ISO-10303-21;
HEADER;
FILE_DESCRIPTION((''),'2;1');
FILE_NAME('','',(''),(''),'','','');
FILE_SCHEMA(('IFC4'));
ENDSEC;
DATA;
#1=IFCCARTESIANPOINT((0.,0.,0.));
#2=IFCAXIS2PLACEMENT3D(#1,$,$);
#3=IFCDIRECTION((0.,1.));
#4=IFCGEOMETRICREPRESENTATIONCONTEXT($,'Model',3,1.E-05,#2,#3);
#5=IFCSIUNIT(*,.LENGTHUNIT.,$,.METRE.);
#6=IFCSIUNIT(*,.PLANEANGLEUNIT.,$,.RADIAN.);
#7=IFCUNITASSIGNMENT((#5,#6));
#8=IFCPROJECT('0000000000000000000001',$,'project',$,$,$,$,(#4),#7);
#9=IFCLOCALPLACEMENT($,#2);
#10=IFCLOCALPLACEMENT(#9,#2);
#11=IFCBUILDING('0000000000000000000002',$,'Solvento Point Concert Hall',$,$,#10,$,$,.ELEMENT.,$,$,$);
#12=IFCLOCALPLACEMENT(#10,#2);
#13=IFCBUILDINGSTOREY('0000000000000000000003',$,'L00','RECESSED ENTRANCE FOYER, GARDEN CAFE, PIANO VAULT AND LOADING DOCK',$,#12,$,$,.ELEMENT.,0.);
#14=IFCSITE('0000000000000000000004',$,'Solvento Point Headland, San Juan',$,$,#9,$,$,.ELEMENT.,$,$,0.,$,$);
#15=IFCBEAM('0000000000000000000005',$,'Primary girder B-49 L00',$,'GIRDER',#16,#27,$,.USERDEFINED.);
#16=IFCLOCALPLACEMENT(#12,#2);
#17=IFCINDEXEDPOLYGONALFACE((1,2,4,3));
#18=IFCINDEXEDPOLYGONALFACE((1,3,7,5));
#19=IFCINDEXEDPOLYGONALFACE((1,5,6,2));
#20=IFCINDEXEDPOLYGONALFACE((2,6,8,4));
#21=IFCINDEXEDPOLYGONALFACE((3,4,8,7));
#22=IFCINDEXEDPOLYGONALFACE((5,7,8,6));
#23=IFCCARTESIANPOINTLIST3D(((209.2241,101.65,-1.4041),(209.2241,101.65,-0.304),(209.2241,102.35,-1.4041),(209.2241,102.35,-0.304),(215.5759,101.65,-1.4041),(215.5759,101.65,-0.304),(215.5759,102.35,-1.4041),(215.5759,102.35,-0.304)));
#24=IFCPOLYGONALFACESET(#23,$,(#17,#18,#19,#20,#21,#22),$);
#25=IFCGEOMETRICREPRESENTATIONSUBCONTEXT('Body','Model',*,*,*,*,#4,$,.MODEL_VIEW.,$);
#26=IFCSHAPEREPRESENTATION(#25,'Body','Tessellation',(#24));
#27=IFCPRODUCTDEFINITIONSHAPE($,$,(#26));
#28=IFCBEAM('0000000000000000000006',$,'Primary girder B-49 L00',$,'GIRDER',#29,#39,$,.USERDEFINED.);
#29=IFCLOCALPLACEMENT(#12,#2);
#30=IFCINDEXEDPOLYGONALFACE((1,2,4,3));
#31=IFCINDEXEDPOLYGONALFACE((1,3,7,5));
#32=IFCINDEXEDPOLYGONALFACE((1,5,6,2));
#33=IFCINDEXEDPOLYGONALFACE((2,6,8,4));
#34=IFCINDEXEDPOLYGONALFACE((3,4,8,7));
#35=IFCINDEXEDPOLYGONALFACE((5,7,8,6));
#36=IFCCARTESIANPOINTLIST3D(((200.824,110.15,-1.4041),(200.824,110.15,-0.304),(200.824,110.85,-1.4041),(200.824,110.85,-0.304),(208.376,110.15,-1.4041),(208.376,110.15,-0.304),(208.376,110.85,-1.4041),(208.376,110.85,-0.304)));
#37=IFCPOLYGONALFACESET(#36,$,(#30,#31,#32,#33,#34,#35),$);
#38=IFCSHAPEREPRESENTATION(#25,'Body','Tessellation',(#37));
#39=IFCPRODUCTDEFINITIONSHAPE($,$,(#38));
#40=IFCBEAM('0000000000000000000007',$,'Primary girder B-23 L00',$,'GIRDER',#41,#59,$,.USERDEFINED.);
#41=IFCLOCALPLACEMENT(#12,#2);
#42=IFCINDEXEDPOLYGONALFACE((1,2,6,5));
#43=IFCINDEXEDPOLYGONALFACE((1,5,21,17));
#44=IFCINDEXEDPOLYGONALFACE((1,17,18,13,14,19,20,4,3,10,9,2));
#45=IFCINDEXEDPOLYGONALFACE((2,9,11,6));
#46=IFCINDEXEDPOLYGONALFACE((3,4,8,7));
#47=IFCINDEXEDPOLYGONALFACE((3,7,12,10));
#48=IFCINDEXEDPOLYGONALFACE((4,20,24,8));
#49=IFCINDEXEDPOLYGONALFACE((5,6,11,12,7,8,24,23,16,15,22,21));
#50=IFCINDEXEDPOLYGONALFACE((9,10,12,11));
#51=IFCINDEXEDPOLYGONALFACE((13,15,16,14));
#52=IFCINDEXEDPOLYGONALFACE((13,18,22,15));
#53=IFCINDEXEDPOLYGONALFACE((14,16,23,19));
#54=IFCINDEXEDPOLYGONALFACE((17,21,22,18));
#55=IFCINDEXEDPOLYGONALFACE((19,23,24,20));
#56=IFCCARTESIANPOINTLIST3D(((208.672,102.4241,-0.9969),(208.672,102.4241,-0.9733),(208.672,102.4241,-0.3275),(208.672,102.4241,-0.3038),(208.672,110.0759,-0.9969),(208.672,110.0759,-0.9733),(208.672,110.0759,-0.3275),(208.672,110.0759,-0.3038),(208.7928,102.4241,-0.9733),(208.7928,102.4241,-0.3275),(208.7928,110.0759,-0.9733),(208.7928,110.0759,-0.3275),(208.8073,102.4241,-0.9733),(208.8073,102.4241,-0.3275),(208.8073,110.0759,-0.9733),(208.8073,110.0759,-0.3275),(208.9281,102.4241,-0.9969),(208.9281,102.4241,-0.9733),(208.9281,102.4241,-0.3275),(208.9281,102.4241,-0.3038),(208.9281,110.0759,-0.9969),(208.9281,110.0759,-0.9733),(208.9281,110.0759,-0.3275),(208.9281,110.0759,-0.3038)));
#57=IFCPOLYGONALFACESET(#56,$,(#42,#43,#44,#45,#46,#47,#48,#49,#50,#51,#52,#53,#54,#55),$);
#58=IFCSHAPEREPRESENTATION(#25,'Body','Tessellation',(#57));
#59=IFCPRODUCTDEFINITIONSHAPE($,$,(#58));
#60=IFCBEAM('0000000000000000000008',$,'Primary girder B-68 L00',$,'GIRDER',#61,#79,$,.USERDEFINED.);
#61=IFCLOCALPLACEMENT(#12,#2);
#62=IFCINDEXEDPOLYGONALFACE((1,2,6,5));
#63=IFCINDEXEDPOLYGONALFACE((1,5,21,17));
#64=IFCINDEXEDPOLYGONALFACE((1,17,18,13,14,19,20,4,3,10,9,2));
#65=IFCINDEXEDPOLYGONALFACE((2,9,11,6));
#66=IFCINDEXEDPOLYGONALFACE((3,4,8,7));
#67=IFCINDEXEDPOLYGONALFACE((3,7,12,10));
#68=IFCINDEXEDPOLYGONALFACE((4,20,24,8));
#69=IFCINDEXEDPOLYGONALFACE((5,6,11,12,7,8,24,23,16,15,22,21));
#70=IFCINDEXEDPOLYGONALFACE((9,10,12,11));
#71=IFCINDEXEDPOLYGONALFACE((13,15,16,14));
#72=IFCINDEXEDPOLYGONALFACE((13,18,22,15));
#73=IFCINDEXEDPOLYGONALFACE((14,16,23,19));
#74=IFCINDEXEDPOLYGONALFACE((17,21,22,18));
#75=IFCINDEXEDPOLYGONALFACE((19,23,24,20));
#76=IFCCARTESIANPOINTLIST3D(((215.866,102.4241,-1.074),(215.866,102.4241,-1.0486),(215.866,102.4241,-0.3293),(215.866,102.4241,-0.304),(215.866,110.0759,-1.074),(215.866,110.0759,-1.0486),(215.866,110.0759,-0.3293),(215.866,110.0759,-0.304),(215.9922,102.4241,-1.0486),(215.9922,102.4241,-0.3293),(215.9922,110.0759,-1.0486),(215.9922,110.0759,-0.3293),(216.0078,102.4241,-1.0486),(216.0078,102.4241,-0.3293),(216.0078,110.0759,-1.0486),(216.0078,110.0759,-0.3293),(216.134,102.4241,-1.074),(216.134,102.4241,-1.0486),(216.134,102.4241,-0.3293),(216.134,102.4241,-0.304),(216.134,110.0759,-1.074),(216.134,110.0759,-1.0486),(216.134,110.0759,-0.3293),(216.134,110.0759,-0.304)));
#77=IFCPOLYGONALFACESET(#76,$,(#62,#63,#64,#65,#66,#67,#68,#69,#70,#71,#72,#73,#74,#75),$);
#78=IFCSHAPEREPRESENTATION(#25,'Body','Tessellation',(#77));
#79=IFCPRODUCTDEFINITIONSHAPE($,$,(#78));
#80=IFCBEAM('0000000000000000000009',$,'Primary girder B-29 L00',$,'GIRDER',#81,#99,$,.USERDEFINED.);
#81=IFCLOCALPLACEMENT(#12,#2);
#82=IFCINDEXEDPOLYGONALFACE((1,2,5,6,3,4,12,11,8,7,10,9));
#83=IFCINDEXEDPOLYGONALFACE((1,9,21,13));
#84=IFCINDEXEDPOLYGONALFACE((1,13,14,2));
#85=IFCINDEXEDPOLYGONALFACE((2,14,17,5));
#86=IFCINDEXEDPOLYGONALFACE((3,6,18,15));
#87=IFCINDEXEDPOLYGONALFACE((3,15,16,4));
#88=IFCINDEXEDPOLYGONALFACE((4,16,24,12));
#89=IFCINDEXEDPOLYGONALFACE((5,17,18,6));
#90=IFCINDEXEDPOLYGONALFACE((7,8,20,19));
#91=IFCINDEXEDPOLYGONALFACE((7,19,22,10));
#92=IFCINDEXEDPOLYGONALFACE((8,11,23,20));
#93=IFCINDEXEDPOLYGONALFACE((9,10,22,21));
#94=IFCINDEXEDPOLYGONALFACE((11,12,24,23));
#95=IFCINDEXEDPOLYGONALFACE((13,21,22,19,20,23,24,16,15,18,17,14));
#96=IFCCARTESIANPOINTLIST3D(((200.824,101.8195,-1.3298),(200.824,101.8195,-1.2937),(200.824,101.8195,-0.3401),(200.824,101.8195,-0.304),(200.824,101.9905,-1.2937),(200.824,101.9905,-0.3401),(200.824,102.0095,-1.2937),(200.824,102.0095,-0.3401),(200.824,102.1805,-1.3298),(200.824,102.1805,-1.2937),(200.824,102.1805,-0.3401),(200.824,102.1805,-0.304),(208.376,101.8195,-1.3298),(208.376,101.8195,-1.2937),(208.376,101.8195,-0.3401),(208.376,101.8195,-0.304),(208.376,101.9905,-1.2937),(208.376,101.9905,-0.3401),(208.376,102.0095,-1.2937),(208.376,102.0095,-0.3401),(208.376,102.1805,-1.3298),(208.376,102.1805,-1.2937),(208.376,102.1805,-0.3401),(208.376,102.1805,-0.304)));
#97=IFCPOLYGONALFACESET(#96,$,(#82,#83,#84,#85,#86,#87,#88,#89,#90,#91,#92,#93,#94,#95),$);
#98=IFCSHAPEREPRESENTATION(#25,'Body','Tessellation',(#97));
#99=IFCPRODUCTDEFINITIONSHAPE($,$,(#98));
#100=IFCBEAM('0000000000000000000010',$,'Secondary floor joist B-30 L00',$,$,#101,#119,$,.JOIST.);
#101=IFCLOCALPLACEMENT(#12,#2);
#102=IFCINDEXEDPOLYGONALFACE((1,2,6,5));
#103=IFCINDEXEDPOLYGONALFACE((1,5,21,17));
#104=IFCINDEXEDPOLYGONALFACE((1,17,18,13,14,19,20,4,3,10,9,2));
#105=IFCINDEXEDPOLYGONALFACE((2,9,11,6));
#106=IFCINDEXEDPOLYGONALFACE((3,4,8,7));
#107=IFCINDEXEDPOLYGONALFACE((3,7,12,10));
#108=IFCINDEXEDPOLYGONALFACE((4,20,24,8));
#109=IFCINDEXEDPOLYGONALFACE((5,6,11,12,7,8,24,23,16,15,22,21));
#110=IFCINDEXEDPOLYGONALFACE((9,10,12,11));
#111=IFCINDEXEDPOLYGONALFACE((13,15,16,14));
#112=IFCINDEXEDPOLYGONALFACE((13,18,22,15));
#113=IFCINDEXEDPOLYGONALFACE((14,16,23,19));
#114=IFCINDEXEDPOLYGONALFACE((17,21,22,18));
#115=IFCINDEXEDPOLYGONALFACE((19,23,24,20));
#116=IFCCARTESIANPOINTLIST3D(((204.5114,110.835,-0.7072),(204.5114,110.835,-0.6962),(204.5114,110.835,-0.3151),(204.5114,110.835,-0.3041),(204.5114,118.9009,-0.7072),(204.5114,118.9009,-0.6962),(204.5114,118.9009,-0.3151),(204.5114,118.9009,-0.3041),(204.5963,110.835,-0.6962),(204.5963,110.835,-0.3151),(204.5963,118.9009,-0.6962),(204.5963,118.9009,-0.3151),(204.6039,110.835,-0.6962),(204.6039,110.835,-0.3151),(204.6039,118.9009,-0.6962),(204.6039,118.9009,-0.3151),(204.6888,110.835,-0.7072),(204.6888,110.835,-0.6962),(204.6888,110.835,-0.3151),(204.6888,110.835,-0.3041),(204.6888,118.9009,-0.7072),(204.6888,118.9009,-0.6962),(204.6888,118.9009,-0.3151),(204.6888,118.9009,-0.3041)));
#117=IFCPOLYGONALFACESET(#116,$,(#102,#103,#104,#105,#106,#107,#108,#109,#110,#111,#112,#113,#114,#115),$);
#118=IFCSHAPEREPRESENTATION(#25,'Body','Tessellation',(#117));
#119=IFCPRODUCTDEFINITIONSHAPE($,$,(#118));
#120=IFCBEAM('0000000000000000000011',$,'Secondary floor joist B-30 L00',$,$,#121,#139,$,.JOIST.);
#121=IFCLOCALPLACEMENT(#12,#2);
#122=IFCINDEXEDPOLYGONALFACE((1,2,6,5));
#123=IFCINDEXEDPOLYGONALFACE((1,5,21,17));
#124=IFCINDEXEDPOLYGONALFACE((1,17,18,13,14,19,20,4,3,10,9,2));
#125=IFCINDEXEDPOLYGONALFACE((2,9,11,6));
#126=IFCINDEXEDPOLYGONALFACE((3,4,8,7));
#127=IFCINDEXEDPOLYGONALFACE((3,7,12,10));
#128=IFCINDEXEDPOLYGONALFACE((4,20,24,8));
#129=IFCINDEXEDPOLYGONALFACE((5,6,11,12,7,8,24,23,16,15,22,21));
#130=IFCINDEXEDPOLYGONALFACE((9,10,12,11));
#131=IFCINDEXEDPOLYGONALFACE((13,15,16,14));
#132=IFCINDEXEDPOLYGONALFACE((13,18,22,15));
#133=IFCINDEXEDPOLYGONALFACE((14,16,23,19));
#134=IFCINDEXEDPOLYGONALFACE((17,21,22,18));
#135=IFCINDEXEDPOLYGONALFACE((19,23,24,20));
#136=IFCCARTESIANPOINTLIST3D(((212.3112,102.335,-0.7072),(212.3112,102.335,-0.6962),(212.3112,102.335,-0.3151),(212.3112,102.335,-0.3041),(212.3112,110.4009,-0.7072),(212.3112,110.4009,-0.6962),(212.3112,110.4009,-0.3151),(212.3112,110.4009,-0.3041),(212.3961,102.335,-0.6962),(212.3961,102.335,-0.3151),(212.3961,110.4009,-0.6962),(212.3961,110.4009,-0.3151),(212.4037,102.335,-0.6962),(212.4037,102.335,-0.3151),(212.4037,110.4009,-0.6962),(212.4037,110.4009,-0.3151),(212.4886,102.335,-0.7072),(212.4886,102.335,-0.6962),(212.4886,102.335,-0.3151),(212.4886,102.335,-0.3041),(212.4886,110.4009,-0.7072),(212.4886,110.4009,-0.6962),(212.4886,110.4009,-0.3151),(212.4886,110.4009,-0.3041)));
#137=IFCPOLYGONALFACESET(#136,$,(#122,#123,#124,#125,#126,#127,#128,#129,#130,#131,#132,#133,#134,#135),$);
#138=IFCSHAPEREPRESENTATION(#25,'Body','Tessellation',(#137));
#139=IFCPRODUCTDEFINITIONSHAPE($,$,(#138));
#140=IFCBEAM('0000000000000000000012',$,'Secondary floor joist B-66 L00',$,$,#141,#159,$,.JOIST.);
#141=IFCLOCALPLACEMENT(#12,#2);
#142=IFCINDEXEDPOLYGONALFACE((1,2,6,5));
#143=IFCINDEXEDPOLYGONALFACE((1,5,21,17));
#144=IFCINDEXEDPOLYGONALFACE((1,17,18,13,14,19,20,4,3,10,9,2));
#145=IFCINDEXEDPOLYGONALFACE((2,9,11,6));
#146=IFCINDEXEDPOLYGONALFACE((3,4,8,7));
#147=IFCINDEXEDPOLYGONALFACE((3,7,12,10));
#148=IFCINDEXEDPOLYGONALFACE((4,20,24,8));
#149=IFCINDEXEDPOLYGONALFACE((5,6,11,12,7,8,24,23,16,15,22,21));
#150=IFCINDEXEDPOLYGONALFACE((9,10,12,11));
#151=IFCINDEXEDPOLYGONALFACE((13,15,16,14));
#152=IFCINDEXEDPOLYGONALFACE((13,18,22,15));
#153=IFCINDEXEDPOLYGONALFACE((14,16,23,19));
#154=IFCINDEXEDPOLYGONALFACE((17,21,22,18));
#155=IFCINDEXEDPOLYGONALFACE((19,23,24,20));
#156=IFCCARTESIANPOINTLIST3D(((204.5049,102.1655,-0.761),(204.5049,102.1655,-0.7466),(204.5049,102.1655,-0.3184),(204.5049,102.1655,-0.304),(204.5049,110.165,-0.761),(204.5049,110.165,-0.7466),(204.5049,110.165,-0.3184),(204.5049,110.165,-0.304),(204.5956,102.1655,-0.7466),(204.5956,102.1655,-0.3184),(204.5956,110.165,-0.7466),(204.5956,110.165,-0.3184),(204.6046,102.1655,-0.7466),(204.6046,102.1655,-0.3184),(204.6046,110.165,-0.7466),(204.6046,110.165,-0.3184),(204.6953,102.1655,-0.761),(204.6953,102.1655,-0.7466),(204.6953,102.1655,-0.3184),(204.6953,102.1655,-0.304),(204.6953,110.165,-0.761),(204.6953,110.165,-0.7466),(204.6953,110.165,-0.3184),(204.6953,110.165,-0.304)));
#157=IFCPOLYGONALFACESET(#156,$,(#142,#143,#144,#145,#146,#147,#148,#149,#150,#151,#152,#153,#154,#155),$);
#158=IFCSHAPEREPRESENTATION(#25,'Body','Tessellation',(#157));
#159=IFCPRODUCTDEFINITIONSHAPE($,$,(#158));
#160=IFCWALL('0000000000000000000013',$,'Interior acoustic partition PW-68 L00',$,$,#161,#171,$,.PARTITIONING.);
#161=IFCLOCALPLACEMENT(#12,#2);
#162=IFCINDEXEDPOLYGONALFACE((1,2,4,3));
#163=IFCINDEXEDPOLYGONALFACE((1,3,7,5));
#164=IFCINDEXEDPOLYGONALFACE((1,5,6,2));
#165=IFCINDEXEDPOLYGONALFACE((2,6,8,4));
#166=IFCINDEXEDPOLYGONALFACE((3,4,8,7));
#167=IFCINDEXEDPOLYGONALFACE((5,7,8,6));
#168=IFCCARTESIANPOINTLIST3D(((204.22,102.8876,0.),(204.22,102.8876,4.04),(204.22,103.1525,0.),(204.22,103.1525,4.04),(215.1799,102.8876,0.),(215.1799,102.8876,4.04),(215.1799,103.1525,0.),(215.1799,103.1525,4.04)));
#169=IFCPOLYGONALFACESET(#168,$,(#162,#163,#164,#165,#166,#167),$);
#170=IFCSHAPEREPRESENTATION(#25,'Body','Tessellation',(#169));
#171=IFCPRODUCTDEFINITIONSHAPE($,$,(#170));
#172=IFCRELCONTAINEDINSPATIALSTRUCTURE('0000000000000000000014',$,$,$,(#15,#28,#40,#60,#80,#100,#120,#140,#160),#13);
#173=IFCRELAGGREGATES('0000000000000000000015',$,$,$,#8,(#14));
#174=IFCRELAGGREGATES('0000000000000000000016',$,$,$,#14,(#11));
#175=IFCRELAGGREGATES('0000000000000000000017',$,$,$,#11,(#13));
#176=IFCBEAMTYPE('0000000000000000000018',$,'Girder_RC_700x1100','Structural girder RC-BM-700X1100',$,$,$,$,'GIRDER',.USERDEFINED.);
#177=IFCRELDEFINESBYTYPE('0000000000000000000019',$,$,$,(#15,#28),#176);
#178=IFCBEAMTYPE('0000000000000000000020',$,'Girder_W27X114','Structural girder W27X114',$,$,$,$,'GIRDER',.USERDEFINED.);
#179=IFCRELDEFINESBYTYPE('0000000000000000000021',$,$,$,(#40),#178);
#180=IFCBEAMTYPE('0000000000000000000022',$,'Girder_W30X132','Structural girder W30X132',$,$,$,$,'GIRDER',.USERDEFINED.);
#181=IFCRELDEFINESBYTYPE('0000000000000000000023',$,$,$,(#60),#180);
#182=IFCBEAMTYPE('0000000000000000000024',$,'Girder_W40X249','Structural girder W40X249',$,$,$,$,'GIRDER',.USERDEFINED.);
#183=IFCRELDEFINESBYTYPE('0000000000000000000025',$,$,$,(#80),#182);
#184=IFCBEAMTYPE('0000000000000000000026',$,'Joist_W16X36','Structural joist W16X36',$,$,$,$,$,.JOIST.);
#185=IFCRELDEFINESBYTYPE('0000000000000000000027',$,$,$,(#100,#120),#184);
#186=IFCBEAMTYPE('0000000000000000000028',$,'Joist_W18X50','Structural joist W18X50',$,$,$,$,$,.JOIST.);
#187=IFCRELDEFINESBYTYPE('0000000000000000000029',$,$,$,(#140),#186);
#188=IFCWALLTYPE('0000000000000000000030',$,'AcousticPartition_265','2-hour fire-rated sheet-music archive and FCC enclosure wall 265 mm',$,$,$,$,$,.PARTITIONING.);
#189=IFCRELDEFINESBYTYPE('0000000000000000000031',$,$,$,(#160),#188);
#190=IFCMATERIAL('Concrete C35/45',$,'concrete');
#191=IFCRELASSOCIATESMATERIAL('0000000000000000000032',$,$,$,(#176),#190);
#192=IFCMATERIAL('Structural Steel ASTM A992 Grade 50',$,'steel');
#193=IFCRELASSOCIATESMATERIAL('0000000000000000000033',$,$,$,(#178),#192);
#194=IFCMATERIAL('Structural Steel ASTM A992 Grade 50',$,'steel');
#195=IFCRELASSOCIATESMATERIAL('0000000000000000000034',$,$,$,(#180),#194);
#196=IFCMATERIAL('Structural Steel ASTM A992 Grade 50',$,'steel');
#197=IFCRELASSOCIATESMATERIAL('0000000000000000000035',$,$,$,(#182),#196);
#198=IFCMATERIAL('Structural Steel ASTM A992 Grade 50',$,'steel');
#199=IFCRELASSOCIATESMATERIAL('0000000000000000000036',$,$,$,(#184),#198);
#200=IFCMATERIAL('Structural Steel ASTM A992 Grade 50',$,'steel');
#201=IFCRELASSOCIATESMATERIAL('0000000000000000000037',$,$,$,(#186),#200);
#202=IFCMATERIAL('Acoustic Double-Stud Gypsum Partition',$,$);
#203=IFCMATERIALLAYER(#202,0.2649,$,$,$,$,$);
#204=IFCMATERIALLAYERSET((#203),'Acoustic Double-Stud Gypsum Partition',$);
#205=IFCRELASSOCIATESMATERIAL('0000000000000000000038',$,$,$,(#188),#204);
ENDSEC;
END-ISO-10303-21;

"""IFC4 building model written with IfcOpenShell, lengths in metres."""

from ifc_helpers import new_model, si_unit, direction, frame, frame_2d, origin, origin_2d, place, context, subcontext, project, spatial, rectangle, i_section, extrude, material, layer, layer_set, material_profile, profile_set, type_object, element, save


model = new_model("IFC4")

# Units and contexts
model_context = context("Model", 3, precision=1e-05, world=origin(), true_north=direction((0.0, 1.0)))
body_context = subcontext(model_context, "Body", "Model", "MODEL_VIEW")
ifc_project = project(units=[si_unit("LENGTHUNIT", "METRE"), si_unit("PLANEANGLEUNIT", "RADIAN")], contexts=[model_context])

# Site, building, storey
site_placement = place(None, origin())
site = spatial("IfcSite", under=ifc_project, at=site_placement, Name="Solvento Point Headland, San Juan", CompositionType="ELEMENT", RefElevation=0.0)
building_placement = place(site_placement, origin())
building = spatial("IfcBuilding", under=site, at=building_placement, Name="Solvento Point Concert Hall", CompositionType="ELEMENT")
storey_placement = place(building_placement, origin())
storey = spatial("IfcBuildingStorey", under=building, at=storey_placement, Name="L00", Description="RECESSED ENTRANCE FOYER, GARDEN CAFE, PIANO VAULT AND LOADING DOCK", CompositionType="ELEMENT", Elevation=0.0)

# Beams
ifc_material_1 = material(Name="Concrete C35/45", Category="concrete")
ifc_material_profile_1 = material_profile(ifc_material_1, rectangle(XDim=0.7, YDim=1.1001, at=origin_2d()), Name="RC-BM-700X1100")
ifc_profile_set_1 = profile_set([ifc_material_profile_1], Name="Concrete C35/45")
beam_type_1 = type_object("IfcBeamType", Name="Girder_RC_700x1100", Description="Structural girder RC-BM-700X1100", ElementType="GIRDER", PredefinedType="USERDEFINED", material=ifc_profile_set_1)
beam_1_placement = place(storey_placement, frame((209.2241, 102.0, -0.854), z_axis=(1.0, 0.0, 0.0), x_axis=(0.0, 1.0, 0.0)))
element("IfcBeam", 1, at=beam_1_placement, inside=storey, type_object=beam_type_1, Name="Primary girder B-49 L00", ObjectType="GIRDER", PredefinedType="USERDEFINED", context=body_context, shape_type="SweptSolid", body=[
    extrude(rectangle(XDim=0.7, YDim=1.1001, at=origin_2d()), origin(), (0.0, 0.0, 1.0), 6.3518),
])
beam_2_placement = place(storey_placement, frame((200.824, 110.5, -0.854), z_axis=(1.0, 0.0, 0.0), x_axis=(0.0, 1.0, 0.0)))
element("IfcBeam", 2, at=beam_2_placement, inside=storey, type_object=beam_type_1, Name="Primary girder B-49 L00", ObjectType="GIRDER", PredefinedType="USERDEFINED", context=body_context, shape_type="SweptSolid", body=[
    extrude(rectangle(XDim=0.7, YDim=1.1001, at=origin_2d()), origin(), (0.0, 0.0, 1.0), 7.552),
])
ifc_material_2 = material(Name="Structural Steel ASTM A992 Grade 50", Category="steel")
ifc_material_profile_2 = material_profile(ifc_material_2, i_section(OverallWidth=0.2561, OverallDepth=0.6931, WebThickness=0.0144, FlangeThickness=0.0237, at=origin_2d()), Name="W27X114")
ifc_profile_set_2 = profile_set([ifc_material_profile_2], Name="Structural Steel ASTM A992 Grade 50")
beam_type_2 = type_object("IfcBeamType", Name="Girder_W27X114", Description="Structural girder W27X114", ElementType="GIRDER", PredefinedType="USERDEFINED", material=ifc_profile_set_2)
beam_3_placement = place(storey_placement, frame((208.8, 102.4241, -0.6504), z_axis=(0.0, 1.0, 0.0), x_axis=(-1.0, 0.0, 0.0)))
element("IfcBeam", 3, at=beam_3_placement, inside=storey, type_object=beam_type_2, Name="Primary girder B-23 L00", ObjectType="GIRDER", PredefinedType="USERDEFINED", context=body_context, shape_type="SweptSolid", body=[
    extrude(i_section(OverallWidth=0.2561, OverallDepth=0.6931, WebThickness=0.0144, FlangeThickness=0.0237, at=origin_2d()), origin(), (0.0, 0.0, 1.0), 7.6519),
])
ifc_material_3 = material(Name="Structural Steel ASTM A992 Grade 50", Category="steel")
ifc_material_profile_3 = material_profile(ifc_material_3, i_section(OverallWidth=0.2681, OverallDepth=0.77, WebThickness=0.0156, FlangeThickness=0.0254, at=origin_2d()), Name="W30X132")
ifc_profile_set_3 = profile_set([ifc_material_profile_3], Name="Structural Steel ASTM A992 Grade 50")
beam_type_3 = type_object("IfcBeamType", Name="Girder_W30X132", Description="Structural girder W30X132", ElementType="GIRDER", PredefinedType="USERDEFINED", material=ifc_profile_set_3)
beam_4_placement = place(storey_placement, frame((216.0, 102.4241, -0.689), z_axis=(0.0, 1.0, 0.0), x_axis=(-1.0, 0.0, 0.0)))
element("IfcBeam", 4, at=beam_4_placement, inside=storey, type_object=beam_type_3, Name="Primary girder B-68 L00", ObjectType="GIRDER", PredefinedType="USERDEFINED", context=body_context, shape_type="SweptSolid", body=[
    extrude(i_section(OverallWidth=0.2681, OverallDepth=0.77, WebThickness=0.0156, FlangeThickness=0.0254, at=origin_2d()), origin(), (0.0, 0.0, 1.0), 7.6519),
])
ifc_material_4 = material(Name="Structural Steel ASTM A992 Grade 50", Category="steel")
ifc_material_profile_4 = material_profile(ifc_material_4, i_section(OverallWidth=0.3611, OverallDepth=1.0259, WebThickness=0.019, FlangeThickness=0.0361, at=origin_2d()), Name="W40X249")
ifc_profile_set_4 = profile_set([ifc_material_profile_4], Name="Structural Steel ASTM A992 Grade 50")
beam_type_4 = type_object("IfcBeamType", Name="Girder_W40X249", Description="Structural girder W40X249", ElementType="GIRDER", PredefinedType="USERDEFINED", material=ifc_profile_set_4)
beam_5_placement = place(storey_placement, frame((200.824, 102.0, -0.8169), z_axis=(1.0, 0.0, 0.0), x_axis=(0.0, 1.0, 0.0)))
element("IfcBeam", 5, at=beam_5_placement, inside=storey, type_object=beam_type_4, Name="Primary girder B-29 L00", ObjectType="GIRDER", PredefinedType="USERDEFINED", context=body_context, shape_type="SweptSolid", body=[
    extrude(i_section(OverallWidth=0.3611, OverallDepth=1.0259, WebThickness=0.019, FlangeThickness=0.0361, at=origin_2d()), origin(), (0.0, 0.0, 1.0), 7.552),
])
ifc_material_5 = material(Name="Structural Steel ASTM A992 Grade 50", Category="steel")
ifc_material_profile_5 = material_profile(ifc_material_5, i_section(OverallWidth=0.1775, OverallDepth=0.4031, WebThickness=0.0076, FlangeThickness=0.011, at=origin_2d()), Name="W16X36")
ifc_profile_set_5 = profile_set([ifc_material_profile_5], Name="Structural Steel ASTM A992 Grade 50")
beam_type_5 = type_object("IfcBeamType", Name="Joist_W16X36", Description="Structural joist W16X36", PredefinedType="JOIST", material=ifc_profile_set_5)
for number, where, z_axis, x_axis, name in (
    (6, (204.6001, 110.835, -0.5056), (0.0, 1.0, 0.0), (-1.0, 0.0, 0.0), "Secondary floor joist B-30 L00"),
    (7, (212.3999, 102.335, -0.5056), (0.0, 1.0, 0.0), (-1.0, 0.0, 0.0), "Secondary floor joist B-30 L00"),
):
    element("IfcBeam", number, at=place(storey_placement, frame(where, z_axis=z_axis, x_axis=x_axis)), inside=storey, type_object=beam_type_5, Name=name, PredefinedType="JOIST", context=body_context, shape_type="SweptSolid", body=[
        extrude(i_section(OverallWidth=0.1775, OverallDepth=0.4031, WebThickness=0.0076, FlangeThickness=0.011, at=origin_2d()), origin(), (0.0, 0.0, 1.0), 8.0659),
    ])
ifc_material_6 = material(Name="Structural Steel ASTM A992 Grade 50", Category="steel")
ifc_material_profile_6 = material_profile(ifc_material_6, i_section(OverallWidth=0.1904, OverallDepth=0.457, WebThickness=0.009, FlangeThickness=0.0144, at=origin_2d()), Name="W18X50")
ifc_profile_set_6 = profile_set([ifc_material_profile_6], Name="Structural Steel ASTM A992 Grade 50")
beam_type_6 = type_object("IfcBeamType", Name="Joist_W18X50", Description="Structural joist W18X50", PredefinedType="JOIST", material=ifc_profile_set_6)
beam_6_placement = place(storey_placement, frame((204.6001, 102.1655, -0.5325), z_axis=(0.0, 1.0, 0.0), x_axis=(-1.0, 0.0, 0.0)))
element("IfcBeam", 8, at=beam_6_placement, inside=storey, type_object=beam_type_6, Name="Secondary floor joist B-66 L00", PredefinedType="JOIST", context=body_context, shape_type="SweptSolid", body=[
    extrude(i_section(OverallWidth=0.1904, OverallDepth=0.457, WebThickness=0.009, FlangeThickness=0.0144, at=origin_2d()), origin(), (0.0, 0.0, 1.0), 7.9995),
])

# Wall
ifc_material_7 = material(Name="Acoustic Double-Stud Gypsum Partition")
ifc_layer_1 = layer(ifc_material_7, 0.2649)
ifc_layer_set_1 = layer_set([ifc_layer_1], Name="Acoustic Double-Stud Gypsum Partition")
wall_type_1 = type_object("IfcWallType", Name="AcousticPartition_265", Description="2-hour fire-rated sheet-music archive and FCC enclosure wall 265 mm", PredefinedType="PARTITIONING", material=ifc_layer_set_1)
wall_1_placement = place(storey_placement, frame((215.1799, 103.02, 0.0), z_axis=(0.0, 0.0, 1.0), x_axis=(-1.0, 0.0, 0.0)))
element("IfcWall", 9, at=wall_1_placement, inside=storey, type_object=wall_type_1, Name="Interior acoustic partition PW-68 L00", PredefinedType="PARTITIONING", context=body_context, shape_type="SweptSolid", body=[
    extrude(rectangle(XDim=10.96, YDim=0.2649, at=frame_2d((5.48, 0.0))), origin(), (0.0, 0.0, 1.0), 4.04),
])

save(model, "model.ifc")
